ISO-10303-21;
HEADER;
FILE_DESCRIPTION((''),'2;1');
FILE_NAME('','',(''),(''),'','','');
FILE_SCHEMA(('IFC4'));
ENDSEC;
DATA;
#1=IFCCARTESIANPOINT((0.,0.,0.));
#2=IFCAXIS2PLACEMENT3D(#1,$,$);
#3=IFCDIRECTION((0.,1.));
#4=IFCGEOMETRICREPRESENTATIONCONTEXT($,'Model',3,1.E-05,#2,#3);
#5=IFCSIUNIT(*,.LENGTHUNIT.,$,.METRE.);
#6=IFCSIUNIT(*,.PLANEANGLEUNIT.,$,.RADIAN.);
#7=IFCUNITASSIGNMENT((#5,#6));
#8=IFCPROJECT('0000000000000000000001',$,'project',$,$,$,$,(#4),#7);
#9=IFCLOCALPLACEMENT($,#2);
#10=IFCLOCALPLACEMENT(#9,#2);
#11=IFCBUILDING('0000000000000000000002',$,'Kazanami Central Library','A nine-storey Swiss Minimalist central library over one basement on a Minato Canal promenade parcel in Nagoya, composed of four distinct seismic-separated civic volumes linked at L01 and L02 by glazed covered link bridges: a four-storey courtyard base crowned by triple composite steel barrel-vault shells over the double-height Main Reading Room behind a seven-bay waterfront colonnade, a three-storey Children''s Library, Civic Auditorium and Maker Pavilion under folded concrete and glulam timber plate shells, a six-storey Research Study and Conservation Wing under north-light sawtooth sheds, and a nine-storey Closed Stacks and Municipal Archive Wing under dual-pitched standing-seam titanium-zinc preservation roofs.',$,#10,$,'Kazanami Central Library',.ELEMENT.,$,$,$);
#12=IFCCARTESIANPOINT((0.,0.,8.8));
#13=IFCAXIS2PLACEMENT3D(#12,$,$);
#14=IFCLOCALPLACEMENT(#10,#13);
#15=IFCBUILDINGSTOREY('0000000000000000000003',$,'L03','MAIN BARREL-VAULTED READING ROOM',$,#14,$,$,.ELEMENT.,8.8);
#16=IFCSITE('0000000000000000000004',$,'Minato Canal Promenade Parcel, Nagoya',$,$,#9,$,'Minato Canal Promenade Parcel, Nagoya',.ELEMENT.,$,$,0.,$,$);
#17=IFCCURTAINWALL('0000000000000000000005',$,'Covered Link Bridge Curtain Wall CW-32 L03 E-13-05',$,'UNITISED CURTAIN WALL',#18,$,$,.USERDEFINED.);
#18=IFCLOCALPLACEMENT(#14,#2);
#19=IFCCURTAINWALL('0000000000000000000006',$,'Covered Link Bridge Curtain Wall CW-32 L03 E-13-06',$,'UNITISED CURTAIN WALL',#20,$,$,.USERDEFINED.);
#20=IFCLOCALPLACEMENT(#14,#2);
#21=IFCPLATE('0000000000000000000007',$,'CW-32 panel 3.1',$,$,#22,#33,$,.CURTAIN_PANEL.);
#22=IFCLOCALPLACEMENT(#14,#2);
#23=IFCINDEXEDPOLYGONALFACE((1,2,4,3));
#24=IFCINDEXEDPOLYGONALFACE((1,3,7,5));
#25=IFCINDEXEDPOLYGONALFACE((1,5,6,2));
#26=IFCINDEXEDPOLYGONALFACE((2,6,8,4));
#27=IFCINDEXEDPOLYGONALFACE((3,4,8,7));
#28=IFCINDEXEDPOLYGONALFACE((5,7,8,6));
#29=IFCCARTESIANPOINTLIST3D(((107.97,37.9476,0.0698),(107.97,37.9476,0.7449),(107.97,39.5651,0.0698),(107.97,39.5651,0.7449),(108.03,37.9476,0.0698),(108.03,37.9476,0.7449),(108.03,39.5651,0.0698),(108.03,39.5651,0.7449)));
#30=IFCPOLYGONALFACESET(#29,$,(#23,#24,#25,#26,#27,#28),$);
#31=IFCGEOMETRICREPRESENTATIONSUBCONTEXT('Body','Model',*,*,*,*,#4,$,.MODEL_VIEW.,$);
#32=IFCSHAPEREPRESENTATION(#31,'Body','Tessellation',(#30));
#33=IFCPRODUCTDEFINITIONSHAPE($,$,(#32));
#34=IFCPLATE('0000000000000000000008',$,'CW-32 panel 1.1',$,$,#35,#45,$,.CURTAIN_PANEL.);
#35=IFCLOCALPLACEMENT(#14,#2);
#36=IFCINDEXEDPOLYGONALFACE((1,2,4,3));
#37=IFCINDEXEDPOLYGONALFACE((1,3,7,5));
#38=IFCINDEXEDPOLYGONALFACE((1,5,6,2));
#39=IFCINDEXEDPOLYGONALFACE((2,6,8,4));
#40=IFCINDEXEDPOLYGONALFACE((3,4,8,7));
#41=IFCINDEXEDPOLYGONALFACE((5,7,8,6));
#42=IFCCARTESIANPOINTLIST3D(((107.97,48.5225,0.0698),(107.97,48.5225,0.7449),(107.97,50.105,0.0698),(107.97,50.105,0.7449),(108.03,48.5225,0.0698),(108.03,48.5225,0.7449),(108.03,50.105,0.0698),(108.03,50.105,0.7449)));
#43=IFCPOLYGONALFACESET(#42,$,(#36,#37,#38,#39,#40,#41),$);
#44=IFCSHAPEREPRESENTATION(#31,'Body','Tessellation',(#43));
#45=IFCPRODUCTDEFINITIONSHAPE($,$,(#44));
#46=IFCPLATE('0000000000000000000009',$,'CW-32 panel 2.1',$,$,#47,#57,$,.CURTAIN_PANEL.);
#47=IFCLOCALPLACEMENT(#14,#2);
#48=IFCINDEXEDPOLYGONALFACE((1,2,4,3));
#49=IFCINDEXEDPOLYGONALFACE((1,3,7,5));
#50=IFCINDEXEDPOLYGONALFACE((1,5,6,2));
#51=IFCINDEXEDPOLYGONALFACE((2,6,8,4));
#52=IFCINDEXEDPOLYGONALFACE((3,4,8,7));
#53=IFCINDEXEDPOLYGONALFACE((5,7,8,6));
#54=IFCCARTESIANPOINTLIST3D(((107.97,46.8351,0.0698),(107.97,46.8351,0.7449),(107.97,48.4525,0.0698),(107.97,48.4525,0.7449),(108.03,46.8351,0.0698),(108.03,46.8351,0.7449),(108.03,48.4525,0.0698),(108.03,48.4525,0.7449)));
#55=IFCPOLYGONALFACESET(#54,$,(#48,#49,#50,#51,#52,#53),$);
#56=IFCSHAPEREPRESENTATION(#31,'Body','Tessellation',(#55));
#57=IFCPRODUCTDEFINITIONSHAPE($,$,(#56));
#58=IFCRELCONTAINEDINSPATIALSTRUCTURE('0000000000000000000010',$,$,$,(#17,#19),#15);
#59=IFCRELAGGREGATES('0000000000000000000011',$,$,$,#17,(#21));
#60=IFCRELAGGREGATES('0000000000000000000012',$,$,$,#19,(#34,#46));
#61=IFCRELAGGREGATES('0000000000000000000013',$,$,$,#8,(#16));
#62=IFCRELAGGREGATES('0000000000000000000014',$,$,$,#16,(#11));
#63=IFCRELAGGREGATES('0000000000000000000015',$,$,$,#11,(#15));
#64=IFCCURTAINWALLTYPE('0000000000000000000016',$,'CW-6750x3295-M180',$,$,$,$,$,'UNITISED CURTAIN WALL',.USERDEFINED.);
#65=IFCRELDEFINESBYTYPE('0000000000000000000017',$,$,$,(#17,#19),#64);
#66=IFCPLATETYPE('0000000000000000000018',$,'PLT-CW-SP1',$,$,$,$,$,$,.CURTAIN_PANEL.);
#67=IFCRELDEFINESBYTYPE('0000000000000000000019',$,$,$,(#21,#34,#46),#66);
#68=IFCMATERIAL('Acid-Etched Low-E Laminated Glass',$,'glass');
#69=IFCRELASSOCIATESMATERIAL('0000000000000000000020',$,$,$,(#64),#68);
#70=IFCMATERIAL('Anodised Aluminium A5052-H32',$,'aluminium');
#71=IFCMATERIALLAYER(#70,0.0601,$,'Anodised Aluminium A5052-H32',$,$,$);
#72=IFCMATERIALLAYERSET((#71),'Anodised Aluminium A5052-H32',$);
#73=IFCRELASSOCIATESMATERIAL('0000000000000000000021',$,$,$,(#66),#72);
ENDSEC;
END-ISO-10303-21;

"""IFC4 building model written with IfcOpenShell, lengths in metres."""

from ifc_helpers import new_model, si_unit, direction, frame, origin, origin_2d, place, context, subcontext, project, spatial, rectangle, extrude, material, layer, layer_set, type_object, element, aggregate, save


model = new_model("IFC4")

# Units and contexts
model_context = context("Model", 3, precision=1e-05, world=origin(), true_north=direction((0.0, 1.0)))
body_context = subcontext(model_context, "Body", "Model", "MODEL_VIEW")
ifc_project = project(units=[si_unit("LENGTHUNIT", "METRE"), si_unit("PLANEANGLEUNIT", "RADIAN")], contexts=[model_context])

# Site, building, storey
site_placement = place(None, origin())
site = spatial("IfcSite", under=ifc_project, at=site_placement, Name="Minato Canal Promenade Parcel, Nagoya", LongName="Minato Canal Promenade Parcel, Nagoya", CompositionType="ELEMENT", RefElevation=0.0)
building_placement = place(site_placement, origin())
building = spatial("IfcBuilding", under=site, at=building_placement, Name="Kazanami Central Library", Description="A nine-storey Swiss Minimalist central library over one basement on a Minato Canal promenade parcel in Nagoya, composed of four distinct seismic-separated civic volumes linked at L01 and L02 by glazed covered link bridges: a four-storey courtyard base crowned by triple composite steel barrel-vault shells over the double-height Main Reading Room behind a seven-bay waterfront colonnade, a three-storey Children's Library, Civic Auditorium and Maker Pavilion under folded concrete and glulam timber plate shells, a six-storey Research Study and Conservation Wing under north-light sawtooth sheds, and a nine-storey Closed Stacks and Municipal Archive Wing under dual-pitched standing-seam titanium-zinc preservation roofs.", LongName="Kazanami Central Library", CompositionType="ELEMENT")
storey_placement = place(building_placement, frame((0.0, 0.0, 8.8)))
storey = spatial("IfcBuildingStorey", under=building, at=storey_placement, Name="L03", Description="MAIN BARREL-VAULTED READING ROOM", CompositionType="ELEMENT", Elevation=8.8)

# Curtain walls
ifc_material_1 = material(Name="Acid-Etched Low-E Laminated Glass", Category="glass")
curtain_wall_type = type_object("IfcCurtainWallType", Name="CW-6750x3295-M180", ElementType="UNITISED CURTAIN WALL", PredefinedType="USERDEFINED", material=ifc_material_1)
curtain_wall_1_placement = place(storey_placement, origin())
curtain_wall_1 = element("IfcCurtainWall", 1, at=curtain_wall_1_placement, inside=storey, type_object=curtain_wall_type, Name="Covered Link Bridge Curtain Wall CW-32 L03 E-13-05", ObjectType="UNITISED CURTAIN WALL", PredefinedType="USERDEFINED")
curtain_wall_2_placement = place(storey_placement, origin())
curtain_wall_2 = element("IfcCurtainWall", 2, at=curtain_wall_2_placement, inside=storey, type_object=curtain_wall_type, Name="Covered Link Bridge Curtain Wall CW-32 L03 E-13-06", ObjectType="UNITISED CURTAIN WALL", PredefinedType="USERDEFINED")

# Plates
ifc_material_2 = material(Name="Anodised Aluminium A5052-H32", Category="aluminium")
ifc_layer_1 = layer(ifc_material_2, 0.0601, Name="Anodised Aluminium A5052-H32")
ifc_layer_set_1 = layer_set([ifc_layer_1], Name="Anodised Aluminium A5052-H32")
plate_type_1 = type_object("IfcPlateType", Name="PLT-CW-SP1", PredefinedType="CURTAIN_PANEL", material=ifc_layer_set_1)
plate_1_placement = place(storey_placement, frame((108.0, 38.7563, 0.0698), z_axis=(0.0, 0.0, 1.0), x_axis=(0.0, -1.0, 0.0)))
plate_1 = element("IfcPlate", 3, at=plate_1_placement, type_object=plate_type_1, Name="CW-32 panel 3.1", PredefinedType="CURTAIN_PANEL", context=body_context, shape_type="SweptSolid", body=[
    extrude(rectangle(XDim=1.6174, YDim=0.0601, at=origin_2d()), origin(), (0.0, 0.0, 1.0), 0.675),
])
aggregate(curtain_wall_1, [plate_1])
plate_2_placement = place(storey_placement, frame((108.0, 49.3137, 0.0698), z_axis=(0.0, 0.0, 1.0), x_axis=(0.0, -1.0, 0.0)))
plate_2 = element("IfcPlate", 4, at=plate_2_placement, type_object=plate_type_1, Name="CW-32 panel 1.1", PredefinedType="CURTAIN_PANEL", context=body_context, shape_type="SweptSolid", body=[
    extrude(rectangle(XDim=1.5825, YDim=0.0601, at=origin_2d()), origin(), (0.0, 0.0, 1.0), 0.675),
])
plate_3_placement = place(storey_placement, frame((108.0, 47.6438, 0.0698), z_axis=(0.0, 0.0, 1.0), x_axis=(0.0, -1.0, 0.0)))
plate_3 = element("IfcPlate", 5, at=plate_3_placement, type_object=plate_type_1, Name="CW-32 panel 2.1", PredefinedType="CURTAIN_PANEL", context=body_context, shape_type="SweptSolid", body=[
    extrude(rectangle(XDim=1.6174, YDim=0.0601, at=origin_2d()), origin(), (0.0, 0.0, 1.0), 0.675),
])
aggregate(curtain_wall_2, [plate_2, plate_3])

save(model, "model.ifc")
